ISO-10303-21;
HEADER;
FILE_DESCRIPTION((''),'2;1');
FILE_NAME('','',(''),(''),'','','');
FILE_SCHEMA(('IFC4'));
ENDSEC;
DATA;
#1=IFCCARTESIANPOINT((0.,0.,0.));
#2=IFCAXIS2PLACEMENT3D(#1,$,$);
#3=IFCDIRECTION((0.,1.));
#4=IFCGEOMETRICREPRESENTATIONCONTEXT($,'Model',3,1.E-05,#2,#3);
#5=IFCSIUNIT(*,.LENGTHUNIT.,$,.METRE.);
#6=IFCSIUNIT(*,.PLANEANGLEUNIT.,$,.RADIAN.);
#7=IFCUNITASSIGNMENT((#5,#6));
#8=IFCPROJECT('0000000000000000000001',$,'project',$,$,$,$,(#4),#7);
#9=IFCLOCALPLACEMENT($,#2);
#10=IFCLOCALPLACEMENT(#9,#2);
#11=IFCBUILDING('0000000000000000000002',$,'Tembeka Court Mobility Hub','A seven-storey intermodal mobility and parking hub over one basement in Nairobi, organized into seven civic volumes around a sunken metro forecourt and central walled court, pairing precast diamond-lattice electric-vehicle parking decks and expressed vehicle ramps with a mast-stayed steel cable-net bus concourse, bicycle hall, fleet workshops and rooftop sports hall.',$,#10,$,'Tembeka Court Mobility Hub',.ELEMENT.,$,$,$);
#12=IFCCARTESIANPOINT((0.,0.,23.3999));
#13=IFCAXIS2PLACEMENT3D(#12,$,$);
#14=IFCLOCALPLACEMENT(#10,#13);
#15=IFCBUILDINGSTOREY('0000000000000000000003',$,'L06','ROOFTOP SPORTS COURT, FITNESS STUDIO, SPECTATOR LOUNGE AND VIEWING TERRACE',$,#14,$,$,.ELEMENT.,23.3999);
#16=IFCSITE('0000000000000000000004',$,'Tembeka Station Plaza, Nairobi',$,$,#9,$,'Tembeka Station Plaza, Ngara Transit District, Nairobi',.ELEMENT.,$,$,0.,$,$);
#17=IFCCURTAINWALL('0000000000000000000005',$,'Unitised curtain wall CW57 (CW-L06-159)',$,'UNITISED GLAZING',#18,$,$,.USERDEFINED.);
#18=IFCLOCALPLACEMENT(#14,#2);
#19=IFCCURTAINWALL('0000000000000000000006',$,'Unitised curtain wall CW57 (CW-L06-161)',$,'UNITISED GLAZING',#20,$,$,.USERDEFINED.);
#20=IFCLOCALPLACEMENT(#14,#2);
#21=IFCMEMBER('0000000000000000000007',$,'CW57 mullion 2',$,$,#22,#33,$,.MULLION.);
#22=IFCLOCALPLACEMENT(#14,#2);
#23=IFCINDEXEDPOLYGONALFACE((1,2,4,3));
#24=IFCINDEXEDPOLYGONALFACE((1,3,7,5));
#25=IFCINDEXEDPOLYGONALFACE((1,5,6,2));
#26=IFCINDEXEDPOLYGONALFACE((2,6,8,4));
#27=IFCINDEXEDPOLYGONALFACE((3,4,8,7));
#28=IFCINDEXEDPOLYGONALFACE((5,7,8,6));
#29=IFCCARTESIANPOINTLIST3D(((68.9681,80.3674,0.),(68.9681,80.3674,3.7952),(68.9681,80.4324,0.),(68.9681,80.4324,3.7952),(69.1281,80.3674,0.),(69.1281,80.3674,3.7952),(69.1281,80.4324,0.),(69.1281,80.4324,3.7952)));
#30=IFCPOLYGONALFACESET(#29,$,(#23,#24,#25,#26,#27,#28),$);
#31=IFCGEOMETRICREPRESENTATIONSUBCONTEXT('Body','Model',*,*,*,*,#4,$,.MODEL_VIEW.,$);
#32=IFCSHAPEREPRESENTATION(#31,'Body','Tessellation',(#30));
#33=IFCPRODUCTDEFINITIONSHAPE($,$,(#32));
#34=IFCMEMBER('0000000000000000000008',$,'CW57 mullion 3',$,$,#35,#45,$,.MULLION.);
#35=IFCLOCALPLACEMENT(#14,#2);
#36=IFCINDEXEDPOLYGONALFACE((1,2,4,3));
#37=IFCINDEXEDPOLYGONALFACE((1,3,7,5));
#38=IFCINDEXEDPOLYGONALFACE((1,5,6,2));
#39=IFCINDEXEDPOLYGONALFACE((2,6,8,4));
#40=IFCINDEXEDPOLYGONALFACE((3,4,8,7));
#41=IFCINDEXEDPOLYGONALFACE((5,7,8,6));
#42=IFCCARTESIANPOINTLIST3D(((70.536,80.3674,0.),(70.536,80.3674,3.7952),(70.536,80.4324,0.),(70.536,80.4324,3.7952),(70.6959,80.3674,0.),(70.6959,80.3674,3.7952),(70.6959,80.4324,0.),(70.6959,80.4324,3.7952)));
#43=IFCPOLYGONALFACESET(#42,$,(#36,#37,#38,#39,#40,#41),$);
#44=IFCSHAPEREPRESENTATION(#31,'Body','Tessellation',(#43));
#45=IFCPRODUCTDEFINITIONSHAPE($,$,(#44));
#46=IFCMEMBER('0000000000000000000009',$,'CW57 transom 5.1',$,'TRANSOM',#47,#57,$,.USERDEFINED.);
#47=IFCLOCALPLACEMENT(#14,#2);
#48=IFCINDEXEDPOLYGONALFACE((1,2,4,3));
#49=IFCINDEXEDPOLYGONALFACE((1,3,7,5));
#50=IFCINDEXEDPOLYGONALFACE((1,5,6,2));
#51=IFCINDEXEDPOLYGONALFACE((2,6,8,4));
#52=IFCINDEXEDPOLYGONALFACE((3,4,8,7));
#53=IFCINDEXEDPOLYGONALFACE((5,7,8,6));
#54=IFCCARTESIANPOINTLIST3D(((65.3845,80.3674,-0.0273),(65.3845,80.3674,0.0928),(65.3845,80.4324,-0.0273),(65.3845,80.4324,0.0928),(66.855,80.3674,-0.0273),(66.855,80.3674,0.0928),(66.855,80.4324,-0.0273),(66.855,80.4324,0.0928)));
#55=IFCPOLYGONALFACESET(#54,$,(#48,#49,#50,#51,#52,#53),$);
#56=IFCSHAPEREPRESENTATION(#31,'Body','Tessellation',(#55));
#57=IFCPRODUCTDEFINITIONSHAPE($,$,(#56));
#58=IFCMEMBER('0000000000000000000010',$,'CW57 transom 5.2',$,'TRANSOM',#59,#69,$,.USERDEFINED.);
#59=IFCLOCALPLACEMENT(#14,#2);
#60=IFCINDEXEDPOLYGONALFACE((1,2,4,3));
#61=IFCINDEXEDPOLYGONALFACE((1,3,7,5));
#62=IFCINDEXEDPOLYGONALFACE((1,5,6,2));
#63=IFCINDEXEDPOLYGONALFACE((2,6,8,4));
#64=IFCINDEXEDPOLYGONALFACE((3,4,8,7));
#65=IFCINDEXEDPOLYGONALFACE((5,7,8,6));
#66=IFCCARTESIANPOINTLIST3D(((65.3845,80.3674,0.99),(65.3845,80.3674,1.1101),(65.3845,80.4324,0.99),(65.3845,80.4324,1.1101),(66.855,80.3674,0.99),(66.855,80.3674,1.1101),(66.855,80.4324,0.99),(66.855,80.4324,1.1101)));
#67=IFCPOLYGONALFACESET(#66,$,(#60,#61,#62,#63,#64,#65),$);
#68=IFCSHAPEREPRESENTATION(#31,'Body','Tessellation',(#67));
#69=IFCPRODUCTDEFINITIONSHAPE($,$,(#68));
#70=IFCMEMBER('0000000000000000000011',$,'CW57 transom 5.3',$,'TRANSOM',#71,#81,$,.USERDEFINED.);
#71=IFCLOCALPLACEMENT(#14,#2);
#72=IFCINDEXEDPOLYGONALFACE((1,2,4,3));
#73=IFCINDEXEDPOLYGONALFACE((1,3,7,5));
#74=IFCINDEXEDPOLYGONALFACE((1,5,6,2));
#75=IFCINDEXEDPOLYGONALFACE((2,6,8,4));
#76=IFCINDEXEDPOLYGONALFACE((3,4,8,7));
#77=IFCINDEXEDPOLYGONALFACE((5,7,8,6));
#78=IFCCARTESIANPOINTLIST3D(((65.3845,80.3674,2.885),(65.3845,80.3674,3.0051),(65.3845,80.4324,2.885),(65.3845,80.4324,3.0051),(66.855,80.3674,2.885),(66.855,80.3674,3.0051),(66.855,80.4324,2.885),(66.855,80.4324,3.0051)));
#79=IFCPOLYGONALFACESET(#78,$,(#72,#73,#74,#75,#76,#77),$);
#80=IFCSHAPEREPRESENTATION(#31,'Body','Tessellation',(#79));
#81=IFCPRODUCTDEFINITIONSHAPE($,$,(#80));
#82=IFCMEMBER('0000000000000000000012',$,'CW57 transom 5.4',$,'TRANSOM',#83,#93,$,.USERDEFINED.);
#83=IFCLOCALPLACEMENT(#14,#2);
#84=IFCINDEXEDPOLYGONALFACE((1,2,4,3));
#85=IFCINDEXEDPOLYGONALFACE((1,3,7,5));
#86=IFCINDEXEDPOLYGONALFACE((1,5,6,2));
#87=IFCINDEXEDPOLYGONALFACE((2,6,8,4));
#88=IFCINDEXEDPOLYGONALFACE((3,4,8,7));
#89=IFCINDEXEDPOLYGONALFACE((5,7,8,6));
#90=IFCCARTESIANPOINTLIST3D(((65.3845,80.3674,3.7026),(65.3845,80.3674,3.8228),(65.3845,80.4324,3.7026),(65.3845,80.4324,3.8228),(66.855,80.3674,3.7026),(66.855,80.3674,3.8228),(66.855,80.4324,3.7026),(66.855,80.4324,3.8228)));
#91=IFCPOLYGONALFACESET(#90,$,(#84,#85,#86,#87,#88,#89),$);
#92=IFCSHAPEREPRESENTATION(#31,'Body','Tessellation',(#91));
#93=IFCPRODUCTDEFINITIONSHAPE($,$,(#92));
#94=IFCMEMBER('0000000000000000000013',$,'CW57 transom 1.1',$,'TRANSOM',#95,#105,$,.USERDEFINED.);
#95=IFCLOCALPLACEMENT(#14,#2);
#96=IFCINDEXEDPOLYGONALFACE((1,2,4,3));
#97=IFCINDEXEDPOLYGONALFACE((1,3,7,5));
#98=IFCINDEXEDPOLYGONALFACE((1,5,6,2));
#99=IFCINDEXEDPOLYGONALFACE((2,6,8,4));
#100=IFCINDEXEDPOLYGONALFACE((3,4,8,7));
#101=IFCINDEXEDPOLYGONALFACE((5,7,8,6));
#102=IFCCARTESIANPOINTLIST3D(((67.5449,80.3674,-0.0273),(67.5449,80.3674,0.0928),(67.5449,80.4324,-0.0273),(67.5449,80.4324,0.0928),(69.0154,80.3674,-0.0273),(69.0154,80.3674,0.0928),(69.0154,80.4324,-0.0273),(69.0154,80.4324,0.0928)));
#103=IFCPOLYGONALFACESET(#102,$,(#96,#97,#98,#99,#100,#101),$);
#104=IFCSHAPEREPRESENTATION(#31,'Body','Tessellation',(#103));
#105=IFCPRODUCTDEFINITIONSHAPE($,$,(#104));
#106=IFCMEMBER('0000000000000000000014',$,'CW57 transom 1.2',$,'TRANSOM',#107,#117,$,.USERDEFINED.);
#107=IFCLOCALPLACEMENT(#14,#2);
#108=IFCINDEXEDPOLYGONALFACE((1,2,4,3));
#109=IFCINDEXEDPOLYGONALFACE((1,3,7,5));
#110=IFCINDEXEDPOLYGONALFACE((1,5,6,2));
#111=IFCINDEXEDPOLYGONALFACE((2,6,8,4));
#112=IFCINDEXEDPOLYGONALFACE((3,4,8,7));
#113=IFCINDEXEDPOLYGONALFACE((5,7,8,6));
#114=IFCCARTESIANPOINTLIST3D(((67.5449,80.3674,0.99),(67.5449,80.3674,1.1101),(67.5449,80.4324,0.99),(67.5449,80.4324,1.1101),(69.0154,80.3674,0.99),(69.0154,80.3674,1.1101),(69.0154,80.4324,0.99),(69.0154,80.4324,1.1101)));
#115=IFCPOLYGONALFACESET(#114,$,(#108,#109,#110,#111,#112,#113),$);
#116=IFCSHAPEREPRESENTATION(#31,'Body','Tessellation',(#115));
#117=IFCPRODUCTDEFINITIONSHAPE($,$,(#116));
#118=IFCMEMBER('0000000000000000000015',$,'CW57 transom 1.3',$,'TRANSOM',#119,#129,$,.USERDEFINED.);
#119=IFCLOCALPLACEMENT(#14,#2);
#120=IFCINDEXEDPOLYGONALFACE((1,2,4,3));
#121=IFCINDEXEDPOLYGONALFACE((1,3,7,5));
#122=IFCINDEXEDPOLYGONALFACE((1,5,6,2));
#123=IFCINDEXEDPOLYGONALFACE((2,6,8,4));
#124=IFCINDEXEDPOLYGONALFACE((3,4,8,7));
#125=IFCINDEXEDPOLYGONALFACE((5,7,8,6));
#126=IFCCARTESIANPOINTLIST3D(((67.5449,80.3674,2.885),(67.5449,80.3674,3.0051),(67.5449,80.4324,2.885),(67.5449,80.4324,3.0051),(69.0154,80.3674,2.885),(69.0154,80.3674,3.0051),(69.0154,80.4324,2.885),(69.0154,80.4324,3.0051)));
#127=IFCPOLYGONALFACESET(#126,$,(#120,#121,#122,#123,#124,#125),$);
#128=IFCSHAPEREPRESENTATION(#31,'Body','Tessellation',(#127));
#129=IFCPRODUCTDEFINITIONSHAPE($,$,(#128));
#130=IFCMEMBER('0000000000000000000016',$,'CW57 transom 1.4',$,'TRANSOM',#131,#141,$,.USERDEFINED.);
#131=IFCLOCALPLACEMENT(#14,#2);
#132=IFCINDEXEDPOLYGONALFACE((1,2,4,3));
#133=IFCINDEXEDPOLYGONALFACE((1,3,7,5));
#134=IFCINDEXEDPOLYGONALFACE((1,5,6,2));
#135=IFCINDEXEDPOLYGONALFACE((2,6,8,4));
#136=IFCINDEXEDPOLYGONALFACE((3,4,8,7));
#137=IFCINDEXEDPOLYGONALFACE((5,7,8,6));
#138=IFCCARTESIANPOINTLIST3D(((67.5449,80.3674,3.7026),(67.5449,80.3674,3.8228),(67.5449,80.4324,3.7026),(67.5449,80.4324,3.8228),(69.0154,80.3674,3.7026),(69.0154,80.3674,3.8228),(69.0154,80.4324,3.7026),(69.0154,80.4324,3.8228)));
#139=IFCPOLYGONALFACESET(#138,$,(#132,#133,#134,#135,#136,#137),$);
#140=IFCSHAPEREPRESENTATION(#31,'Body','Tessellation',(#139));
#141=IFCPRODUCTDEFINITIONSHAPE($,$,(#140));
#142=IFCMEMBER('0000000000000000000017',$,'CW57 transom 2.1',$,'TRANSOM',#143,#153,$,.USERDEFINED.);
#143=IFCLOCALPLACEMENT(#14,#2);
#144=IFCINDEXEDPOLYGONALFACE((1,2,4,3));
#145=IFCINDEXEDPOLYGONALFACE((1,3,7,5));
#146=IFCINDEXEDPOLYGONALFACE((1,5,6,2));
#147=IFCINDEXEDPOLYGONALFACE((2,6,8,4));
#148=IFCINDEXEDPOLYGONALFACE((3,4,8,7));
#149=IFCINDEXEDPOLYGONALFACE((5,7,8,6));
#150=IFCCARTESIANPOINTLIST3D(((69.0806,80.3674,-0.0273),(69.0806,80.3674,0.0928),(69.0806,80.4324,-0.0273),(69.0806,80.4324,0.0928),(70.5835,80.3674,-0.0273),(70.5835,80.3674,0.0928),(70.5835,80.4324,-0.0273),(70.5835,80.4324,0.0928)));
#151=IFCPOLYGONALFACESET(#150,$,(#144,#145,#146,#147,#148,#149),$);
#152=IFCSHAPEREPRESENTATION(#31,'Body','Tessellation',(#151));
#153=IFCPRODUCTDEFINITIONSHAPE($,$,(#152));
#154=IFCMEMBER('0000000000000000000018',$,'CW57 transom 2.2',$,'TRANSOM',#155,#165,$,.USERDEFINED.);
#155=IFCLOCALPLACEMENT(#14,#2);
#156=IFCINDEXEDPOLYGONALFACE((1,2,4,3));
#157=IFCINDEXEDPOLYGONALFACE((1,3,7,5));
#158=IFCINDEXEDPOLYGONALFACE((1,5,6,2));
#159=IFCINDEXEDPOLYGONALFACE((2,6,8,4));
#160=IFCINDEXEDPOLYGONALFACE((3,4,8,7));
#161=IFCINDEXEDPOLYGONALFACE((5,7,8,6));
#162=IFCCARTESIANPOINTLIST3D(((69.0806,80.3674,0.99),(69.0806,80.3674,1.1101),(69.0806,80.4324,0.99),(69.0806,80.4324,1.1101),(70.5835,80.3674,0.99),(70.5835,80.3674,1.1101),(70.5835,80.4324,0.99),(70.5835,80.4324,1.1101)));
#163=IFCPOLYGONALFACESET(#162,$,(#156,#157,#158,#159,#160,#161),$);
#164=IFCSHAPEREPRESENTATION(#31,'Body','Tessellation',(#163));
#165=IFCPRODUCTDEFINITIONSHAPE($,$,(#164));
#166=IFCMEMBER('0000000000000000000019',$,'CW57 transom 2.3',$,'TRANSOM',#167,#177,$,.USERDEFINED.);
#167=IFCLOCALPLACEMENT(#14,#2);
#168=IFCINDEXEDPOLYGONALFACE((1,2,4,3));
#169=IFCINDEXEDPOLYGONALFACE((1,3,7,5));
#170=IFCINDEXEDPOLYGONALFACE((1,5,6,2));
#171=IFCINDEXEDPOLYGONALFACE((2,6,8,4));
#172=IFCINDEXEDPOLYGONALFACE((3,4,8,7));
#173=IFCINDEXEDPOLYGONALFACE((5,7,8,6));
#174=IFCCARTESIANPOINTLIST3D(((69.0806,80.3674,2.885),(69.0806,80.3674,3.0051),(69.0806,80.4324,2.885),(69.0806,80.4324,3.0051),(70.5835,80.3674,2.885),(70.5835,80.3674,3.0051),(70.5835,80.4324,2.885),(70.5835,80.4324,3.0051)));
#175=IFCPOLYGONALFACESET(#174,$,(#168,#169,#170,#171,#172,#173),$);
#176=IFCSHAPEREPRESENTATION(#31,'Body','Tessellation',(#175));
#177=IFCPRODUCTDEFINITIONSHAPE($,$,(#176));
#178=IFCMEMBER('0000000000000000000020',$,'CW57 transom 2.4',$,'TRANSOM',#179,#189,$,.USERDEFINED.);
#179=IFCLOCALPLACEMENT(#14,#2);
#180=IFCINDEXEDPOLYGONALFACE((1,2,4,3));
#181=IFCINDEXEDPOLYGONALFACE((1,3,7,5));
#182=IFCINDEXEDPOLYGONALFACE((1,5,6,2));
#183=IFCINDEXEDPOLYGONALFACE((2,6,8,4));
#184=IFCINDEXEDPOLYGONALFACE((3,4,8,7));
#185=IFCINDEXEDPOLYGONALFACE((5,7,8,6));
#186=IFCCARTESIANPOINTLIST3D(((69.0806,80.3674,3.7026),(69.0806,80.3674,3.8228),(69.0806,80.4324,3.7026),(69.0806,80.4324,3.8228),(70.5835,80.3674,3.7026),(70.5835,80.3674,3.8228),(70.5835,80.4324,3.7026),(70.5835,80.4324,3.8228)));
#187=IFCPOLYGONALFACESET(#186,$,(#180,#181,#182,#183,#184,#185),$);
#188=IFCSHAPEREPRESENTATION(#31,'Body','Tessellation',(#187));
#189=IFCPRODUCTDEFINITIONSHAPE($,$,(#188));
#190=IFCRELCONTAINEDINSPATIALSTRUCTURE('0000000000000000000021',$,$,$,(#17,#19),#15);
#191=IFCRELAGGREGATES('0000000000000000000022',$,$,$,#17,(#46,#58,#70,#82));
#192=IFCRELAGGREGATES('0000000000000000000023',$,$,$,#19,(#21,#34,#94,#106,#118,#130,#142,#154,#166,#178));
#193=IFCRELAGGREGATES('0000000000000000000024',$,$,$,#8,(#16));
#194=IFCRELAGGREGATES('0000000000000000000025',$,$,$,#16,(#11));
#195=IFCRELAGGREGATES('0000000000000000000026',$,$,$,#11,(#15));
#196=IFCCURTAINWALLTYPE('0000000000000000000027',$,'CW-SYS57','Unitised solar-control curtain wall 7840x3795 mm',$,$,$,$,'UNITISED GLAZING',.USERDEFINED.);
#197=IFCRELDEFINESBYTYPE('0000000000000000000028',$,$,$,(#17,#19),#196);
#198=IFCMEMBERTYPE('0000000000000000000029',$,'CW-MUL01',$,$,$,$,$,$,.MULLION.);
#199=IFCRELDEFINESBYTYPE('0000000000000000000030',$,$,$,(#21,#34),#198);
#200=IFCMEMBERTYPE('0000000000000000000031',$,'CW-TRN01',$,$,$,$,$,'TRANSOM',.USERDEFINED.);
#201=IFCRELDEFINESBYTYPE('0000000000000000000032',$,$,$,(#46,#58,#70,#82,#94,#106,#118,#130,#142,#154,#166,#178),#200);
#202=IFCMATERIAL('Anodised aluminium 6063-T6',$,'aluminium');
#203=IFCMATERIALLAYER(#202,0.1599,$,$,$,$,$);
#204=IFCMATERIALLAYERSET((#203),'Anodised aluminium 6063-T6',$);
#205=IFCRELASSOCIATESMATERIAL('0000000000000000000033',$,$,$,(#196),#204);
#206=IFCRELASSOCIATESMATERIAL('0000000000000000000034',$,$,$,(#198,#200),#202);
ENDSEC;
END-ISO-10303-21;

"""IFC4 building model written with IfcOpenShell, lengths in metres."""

from ifc_helpers import new_model, si_unit, direction, frame, origin, origin_2d, place, context, subcontext, project, spatial, rectangle, extrude, material, layer, layer_set, material_profile, profile_set, type_object, element, aggregate, save


model = new_model("IFC4")

# Units and contexts
model_context = context("Model", 3, precision=1e-05, world=origin(), true_north=direction((0.0, 1.0)))
body_context = subcontext(model_context, "Body", "Model", "MODEL_VIEW")
ifc_project = project(units=[si_unit("LENGTHUNIT", "METRE"), si_unit("PLANEANGLEUNIT", "RADIAN")], contexts=[model_context])

# Site, building, storey
site_placement = place(None, origin())
site = spatial("IfcSite", under=ifc_project, at=site_placement, Name="Tembeka Station Plaza, Nairobi", LongName="Tembeka Station Plaza, Ngara Transit District, Nairobi", CompositionType="ELEMENT", RefElevation=0.0)
building_placement = place(site_placement, origin())
building = spatial("IfcBuilding", under=site, at=building_placement, Name="Tembeka Court Mobility Hub", Description="A seven-storey intermodal mobility and parking hub over one basement in Nairobi, organized into seven civic volumes around a sunken metro forecourt and central walled court, pairing precast diamond-lattice electric-vehicle parking decks and expressed vehicle ramps with a mast-stayed steel cable-net bus concourse, bicycle hall, fleet workshops and rooftop sports hall.", LongName="Tembeka Court Mobility Hub", CompositionType="ELEMENT")
storey_placement = place(building_placement, frame((0.0, 0.0, 23.3999)))
storey = spatial("IfcBuildingStorey", under=building, at=storey_placement, Name="L06", Description="ROOFTOP SPORTS COURT, FITNESS STUDIO, SPECTATOR LOUNGE AND VIEWING TERRACE", CompositionType="ELEMENT", Elevation=23.3999)

# Curtain walls, members
ifc_material_1 = material(Name="Anodised aluminium 6063-T6", Category="aluminium")
ifc_layer_1 = layer(ifc_material_1, 0.1599)
ifc_layer_set_1 = layer_set([ifc_layer_1], Name="Anodised aluminium 6063-T6")
curtain_wall_type = type_object("IfcCurtainWallType", Name="CW-SYS57", Description="Unitised solar-control curtain wall 7840x3795 mm", ElementType="UNITISED GLAZING", PredefinedType="USERDEFINED", material=ifc_layer_set_1)
curtain_wall_1_placement = place(storey_placement, origin())
curtain_wall_1 = element("IfcCurtainWall", 1, at=curtain_wall_1_placement, inside=storey, type_object=curtain_wall_type, Name="Unitised curtain wall CW57 (CW-L06-159)", ObjectType="UNITISED GLAZING", PredefinedType="USERDEFINED")
ifc_material_profile_1 = material_profile(ifc_material_1, rectangle(XDim=0.0649, YDim=0.1599, at=origin_2d()), Name="ALU-MUL 65x160")
ifc_profile_set_1 = profile_set([ifc_material_profile_1], Name="Anodised aluminium 6063-T6")
member_type_1 = type_object("IfcMemberType", Name="CW-MUL01", PredefinedType="MULLION", material=ifc_profile_set_1)
curtain_wall_2_placement = place(storey_placement, origin())
curtain_wall_2 = element("IfcCurtainWall", 2, at=curtain_wall_2_placement, inside=storey, type_object=curtain_wall_type, Name="Unitised curtain wall CW57 (CW-L06-161)", ObjectType="UNITISED GLAZING", PredefinedType="USERDEFINED")
member_1_placement = place(storey_placement, frame((69.0481, 80.3999, 0.0), z_axis=(0.0, 0.0, 1.0), x_axis=(0.0, 1.0, 0.0)))
member_1 = element("IfcMember", 3, at=member_1_placement, type_object=member_type_1, Name="CW57 mullion 2", PredefinedType="MULLION", context=body_context, shape_type="SweptSolid", body=[
    extrude(rectangle(XDim=0.0649, YDim=0.1599, at=origin_2d()), origin(), (0.0, 0.0, 1.0), 3.7952),
])
member_2_placement = place(storey_placement, frame((70.616, 80.3999, 0.0), z_axis=(0.0, 0.0, 1.0), x_axis=(0.0, 1.0, 0.0)))
member_2 = element("IfcMember", 4, at=member_2_placement, type_object=member_type_1, Name="CW57 mullion 3", PredefinedType="MULLION", context=body_context, shape_type="SweptSolid", body=[
    extrude(rectangle(XDim=0.0649, YDim=0.1599, at=origin_2d()), origin(), (0.0, 0.0, 1.0), 3.7952),
])

# Members
ifc_material_profile_2 = material_profile(ifc_material_1, rectangle(XDim=0.0649, YDim=0.1201, at=origin_2d()), Name="ALU-TRN 65x120")
ifc_profile_set_2 = profile_set([ifc_material_profile_2], Name="Anodised aluminium 6063-T6")
member_type_2 = type_object("IfcMemberType", Name="CW-TRN01", ElementType="TRANSOM", PredefinedType="USERDEFINED", material=ifc_profile_set_2)
member_3_placement = place(storey_placement, frame((65.3845, 80.3999, 0.0327), z_axis=(1.0, 0.0, 0.0), x_axis=(0.0, 1.0, 0.0)))
member_3 = element("IfcMember", 5, at=member_3_placement, type_object=member_type_2, Name="CW57 transom 5.1", ObjectType="TRANSOM", PredefinedType="USERDEFINED", context=body_context, shape_type="SweptSolid", body=[
    extrude(rectangle(XDim=0.0649, YDim=0.1201, at=origin_2d()), origin(), (0.0, 0.0, 1.0), 1.4705),
])
member_4_placement = place(storey_placement, frame((65.3845, 80.3999, 1.05), z_axis=(1.0, 0.0, 0.0), x_axis=(0.0, 1.0, 0.0)))
member_4 = element("IfcMember", 6, at=member_4_placement, type_object=member_type_2, Name="CW57 transom 5.2", ObjectType="TRANSOM", PredefinedType="USERDEFINED", context=body_context, shape_type="SweptSolid", body=[
    extrude(rectangle(XDim=0.0649, YDim=0.1201, at=origin_2d()), origin(), (0.0, 0.0, 1.0), 1.4705),
])
member_5_placement = place(storey_placement, frame((65.3845, 80.3999, 2.9451), z_axis=(1.0, 0.0, 0.0), x_axis=(0.0, 1.0, 0.0)))
member_5 = element("IfcMember", 7, at=member_5_placement, type_object=member_type_2, Name="CW57 transom 5.3", ObjectType="TRANSOM", PredefinedType="USERDEFINED", context=body_context, shape_type="SweptSolid", body=[
    extrude(rectangle(XDim=0.0649, YDim=0.1201, at=origin_2d()), origin(), (0.0, 0.0, 1.0), 1.4705),
])
member_6_placement = place(storey_placement, frame((65.3845, 80.3999, 3.7627), z_axis=(1.0, 0.0, 0.0), x_axis=(0.0, 1.0, 0.0)))
member_6 = element("IfcMember", 8, at=member_6_placement, type_object=member_type_2, Name="CW57 transom 5.4", ObjectType="TRANSOM", PredefinedType="USERDEFINED", context=body_context, shape_type="SweptSolid", body=[
    extrude(rectangle(XDim=0.0649, YDim=0.1201, at=origin_2d()), origin(), (0.0, 0.0, 1.0), 1.4705),
])
member_7_placement = place(storey_placement, frame((67.5449, 80.3999, 0.0327), z_axis=(1.0, 0.0, 0.0), x_axis=(0.0, 1.0, 0.0)))
member_7 = element("IfcMember", 9, at=member_7_placement, type_object=member_type_2, Name="CW57 transom 1.1", ObjectType="TRANSOM", PredefinedType="USERDEFINED", context=body_context, shape_type="SweptSolid", body=[
    extrude(rectangle(XDim=0.0649, YDim=0.1201, at=origin_2d()), origin(), (0.0, 0.0, 1.0), 1.4705),
])
member_8_placement = place(storey_placement, frame((67.5449, 80.3999, 1.05), z_axis=(1.0, 0.0, 0.0), x_axis=(0.0, 1.0, 0.0)))
member_8 = element("IfcMember", 10, at=member_8_placement, type_object=member_type_2, Name="CW57 transom 1.2", ObjectType="TRANSOM", PredefinedType="USERDEFINED", context=body_context, shape_type="SweptSolid", body=[
    extrude(rectangle(XDim=0.0649, YDim=0.1201, at=origin_2d()), origin(), (0.0, 0.0, 1.0), 1.4705),
])
member_9_placement = place(storey_placement, frame((67.5449, 80.3999, 2.9451), z_axis=(1.0, 0.0, 0.0), x_axis=(0.0, 1.0, 0.0)))
member_9 = element("IfcMember", 11, at=member_9_placement, type_object=member_type_2, Name="CW57 transom 1.3", ObjectType="TRANSOM", PredefinedType="USERDEFINED", context=body_context, shape_type="SweptSolid", body=[
    extrude(rectangle(XDim=0.0649, YDim=0.1201, at=origin_2d()), origin(), (0.0, 0.0, 1.0), 1.4705),
])
member_10_placement = place(storey_placement, frame((67.5449, 80.3999, 3.7627), z_axis=(1.0, 0.0, 0.0), x_axis=(0.0, 1.0, 0.0)))
member_10 = element("IfcMember", 12, at=member_10_placement, type_object=member_type_2, Name="CW57 transom 1.4", ObjectType="TRANSOM", PredefinedType="USERDEFINED", context=body_context, shape_type="SweptSolid", body=[
    extrude(rectangle(XDim=0.0649, YDim=0.1201, at=origin_2d()), origin(), (0.0, 0.0, 1.0), 1.4705),
])
member_11_placement = place(storey_placement, frame((69.0806, 80.3999, 0.0327), z_axis=(1.0, 0.0, 0.0), x_axis=(0.0, 1.0, 0.0)))
member_11 = element("IfcMember", 13, at=member_11_placement, type_object=member_type_2, Name="CW57 transom 2.1", ObjectType="TRANSOM", PredefinedType="USERDEFINED", context=body_context, shape_type="SweptSolid", body=[
    extrude(rectangle(XDim=0.0649, YDim=0.1201, at=origin_2d()), origin(), (0.0, 0.0, 1.0), 1.5029),
])
member_12_placement = place(storey_placement, frame((69.0806, 80.3999, 1.05), z_axis=(1.0, 0.0, 0.0), x_axis=(0.0, 1.0, 0.0)))
member_12 = element("IfcMember", 14, at=member_12_placement, type_object=member_type_2, Name="CW57 transom 2.2", ObjectType="TRANSOM", PredefinedType="USERDEFINED", context=body_context, shape_type="SweptSolid", body=[
    extrude(rectangle(XDim=0.0649, YDim=0.1201, at=origin_2d()), origin(), (0.0, 0.0, 1.0), 1.5029),
])
member_13_placement = place(storey_placement, frame((69.0806, 80.3999, 2.9451), z_axis=(1.0, 0.0, 0.0), x_axis=(0.0, 1.0, 0.0)))
member_13 = element("IfcMember", 15, at=member_13_placement, type_object=member_type_2, Name="CW57 transom 2.3", ObjectType="TRANSOM", PredefinedType="USERDEFINED", context=body_context, shape_type="SweptSolid", body=[
    extrude(rectangle(XDim=0.0649, YDim=0.1201, at=origin_2d()), origin(), (0.0, 0.0, 1.0), 1.5029),
])
member_14_placement = place(storey_placement, frame((69.0806, 80.3999, 3.7627), z_axis=(1.0, 0.0, 0.0), x_axis=(0.0, 1.0, 0.0)))
member_14 = element("IfcMember", 16, at=member_14_placement, type_object=member_type_2, Name="CW57 transom 2.4", ObjectType="TRANSOM", PredefinedType="USERDEFINED", context=body_context, shape_type="SweptSolid", body=[
    extrude(rectangle(XDim=0.0649, YDim=0.1201, at=origin_2d()), origin(), (0.0, 0.0, 1.0), 1.5029),
])

aggregate(curtain_wall_1, [member_3, member_4, member_5, member_6])
aggregate(curtain_wall_2, [member_1, member_2, member_7, member_8, member_9, member_10, member_11, member_12, member_13, member_14])

save(model, "model.ifc")
